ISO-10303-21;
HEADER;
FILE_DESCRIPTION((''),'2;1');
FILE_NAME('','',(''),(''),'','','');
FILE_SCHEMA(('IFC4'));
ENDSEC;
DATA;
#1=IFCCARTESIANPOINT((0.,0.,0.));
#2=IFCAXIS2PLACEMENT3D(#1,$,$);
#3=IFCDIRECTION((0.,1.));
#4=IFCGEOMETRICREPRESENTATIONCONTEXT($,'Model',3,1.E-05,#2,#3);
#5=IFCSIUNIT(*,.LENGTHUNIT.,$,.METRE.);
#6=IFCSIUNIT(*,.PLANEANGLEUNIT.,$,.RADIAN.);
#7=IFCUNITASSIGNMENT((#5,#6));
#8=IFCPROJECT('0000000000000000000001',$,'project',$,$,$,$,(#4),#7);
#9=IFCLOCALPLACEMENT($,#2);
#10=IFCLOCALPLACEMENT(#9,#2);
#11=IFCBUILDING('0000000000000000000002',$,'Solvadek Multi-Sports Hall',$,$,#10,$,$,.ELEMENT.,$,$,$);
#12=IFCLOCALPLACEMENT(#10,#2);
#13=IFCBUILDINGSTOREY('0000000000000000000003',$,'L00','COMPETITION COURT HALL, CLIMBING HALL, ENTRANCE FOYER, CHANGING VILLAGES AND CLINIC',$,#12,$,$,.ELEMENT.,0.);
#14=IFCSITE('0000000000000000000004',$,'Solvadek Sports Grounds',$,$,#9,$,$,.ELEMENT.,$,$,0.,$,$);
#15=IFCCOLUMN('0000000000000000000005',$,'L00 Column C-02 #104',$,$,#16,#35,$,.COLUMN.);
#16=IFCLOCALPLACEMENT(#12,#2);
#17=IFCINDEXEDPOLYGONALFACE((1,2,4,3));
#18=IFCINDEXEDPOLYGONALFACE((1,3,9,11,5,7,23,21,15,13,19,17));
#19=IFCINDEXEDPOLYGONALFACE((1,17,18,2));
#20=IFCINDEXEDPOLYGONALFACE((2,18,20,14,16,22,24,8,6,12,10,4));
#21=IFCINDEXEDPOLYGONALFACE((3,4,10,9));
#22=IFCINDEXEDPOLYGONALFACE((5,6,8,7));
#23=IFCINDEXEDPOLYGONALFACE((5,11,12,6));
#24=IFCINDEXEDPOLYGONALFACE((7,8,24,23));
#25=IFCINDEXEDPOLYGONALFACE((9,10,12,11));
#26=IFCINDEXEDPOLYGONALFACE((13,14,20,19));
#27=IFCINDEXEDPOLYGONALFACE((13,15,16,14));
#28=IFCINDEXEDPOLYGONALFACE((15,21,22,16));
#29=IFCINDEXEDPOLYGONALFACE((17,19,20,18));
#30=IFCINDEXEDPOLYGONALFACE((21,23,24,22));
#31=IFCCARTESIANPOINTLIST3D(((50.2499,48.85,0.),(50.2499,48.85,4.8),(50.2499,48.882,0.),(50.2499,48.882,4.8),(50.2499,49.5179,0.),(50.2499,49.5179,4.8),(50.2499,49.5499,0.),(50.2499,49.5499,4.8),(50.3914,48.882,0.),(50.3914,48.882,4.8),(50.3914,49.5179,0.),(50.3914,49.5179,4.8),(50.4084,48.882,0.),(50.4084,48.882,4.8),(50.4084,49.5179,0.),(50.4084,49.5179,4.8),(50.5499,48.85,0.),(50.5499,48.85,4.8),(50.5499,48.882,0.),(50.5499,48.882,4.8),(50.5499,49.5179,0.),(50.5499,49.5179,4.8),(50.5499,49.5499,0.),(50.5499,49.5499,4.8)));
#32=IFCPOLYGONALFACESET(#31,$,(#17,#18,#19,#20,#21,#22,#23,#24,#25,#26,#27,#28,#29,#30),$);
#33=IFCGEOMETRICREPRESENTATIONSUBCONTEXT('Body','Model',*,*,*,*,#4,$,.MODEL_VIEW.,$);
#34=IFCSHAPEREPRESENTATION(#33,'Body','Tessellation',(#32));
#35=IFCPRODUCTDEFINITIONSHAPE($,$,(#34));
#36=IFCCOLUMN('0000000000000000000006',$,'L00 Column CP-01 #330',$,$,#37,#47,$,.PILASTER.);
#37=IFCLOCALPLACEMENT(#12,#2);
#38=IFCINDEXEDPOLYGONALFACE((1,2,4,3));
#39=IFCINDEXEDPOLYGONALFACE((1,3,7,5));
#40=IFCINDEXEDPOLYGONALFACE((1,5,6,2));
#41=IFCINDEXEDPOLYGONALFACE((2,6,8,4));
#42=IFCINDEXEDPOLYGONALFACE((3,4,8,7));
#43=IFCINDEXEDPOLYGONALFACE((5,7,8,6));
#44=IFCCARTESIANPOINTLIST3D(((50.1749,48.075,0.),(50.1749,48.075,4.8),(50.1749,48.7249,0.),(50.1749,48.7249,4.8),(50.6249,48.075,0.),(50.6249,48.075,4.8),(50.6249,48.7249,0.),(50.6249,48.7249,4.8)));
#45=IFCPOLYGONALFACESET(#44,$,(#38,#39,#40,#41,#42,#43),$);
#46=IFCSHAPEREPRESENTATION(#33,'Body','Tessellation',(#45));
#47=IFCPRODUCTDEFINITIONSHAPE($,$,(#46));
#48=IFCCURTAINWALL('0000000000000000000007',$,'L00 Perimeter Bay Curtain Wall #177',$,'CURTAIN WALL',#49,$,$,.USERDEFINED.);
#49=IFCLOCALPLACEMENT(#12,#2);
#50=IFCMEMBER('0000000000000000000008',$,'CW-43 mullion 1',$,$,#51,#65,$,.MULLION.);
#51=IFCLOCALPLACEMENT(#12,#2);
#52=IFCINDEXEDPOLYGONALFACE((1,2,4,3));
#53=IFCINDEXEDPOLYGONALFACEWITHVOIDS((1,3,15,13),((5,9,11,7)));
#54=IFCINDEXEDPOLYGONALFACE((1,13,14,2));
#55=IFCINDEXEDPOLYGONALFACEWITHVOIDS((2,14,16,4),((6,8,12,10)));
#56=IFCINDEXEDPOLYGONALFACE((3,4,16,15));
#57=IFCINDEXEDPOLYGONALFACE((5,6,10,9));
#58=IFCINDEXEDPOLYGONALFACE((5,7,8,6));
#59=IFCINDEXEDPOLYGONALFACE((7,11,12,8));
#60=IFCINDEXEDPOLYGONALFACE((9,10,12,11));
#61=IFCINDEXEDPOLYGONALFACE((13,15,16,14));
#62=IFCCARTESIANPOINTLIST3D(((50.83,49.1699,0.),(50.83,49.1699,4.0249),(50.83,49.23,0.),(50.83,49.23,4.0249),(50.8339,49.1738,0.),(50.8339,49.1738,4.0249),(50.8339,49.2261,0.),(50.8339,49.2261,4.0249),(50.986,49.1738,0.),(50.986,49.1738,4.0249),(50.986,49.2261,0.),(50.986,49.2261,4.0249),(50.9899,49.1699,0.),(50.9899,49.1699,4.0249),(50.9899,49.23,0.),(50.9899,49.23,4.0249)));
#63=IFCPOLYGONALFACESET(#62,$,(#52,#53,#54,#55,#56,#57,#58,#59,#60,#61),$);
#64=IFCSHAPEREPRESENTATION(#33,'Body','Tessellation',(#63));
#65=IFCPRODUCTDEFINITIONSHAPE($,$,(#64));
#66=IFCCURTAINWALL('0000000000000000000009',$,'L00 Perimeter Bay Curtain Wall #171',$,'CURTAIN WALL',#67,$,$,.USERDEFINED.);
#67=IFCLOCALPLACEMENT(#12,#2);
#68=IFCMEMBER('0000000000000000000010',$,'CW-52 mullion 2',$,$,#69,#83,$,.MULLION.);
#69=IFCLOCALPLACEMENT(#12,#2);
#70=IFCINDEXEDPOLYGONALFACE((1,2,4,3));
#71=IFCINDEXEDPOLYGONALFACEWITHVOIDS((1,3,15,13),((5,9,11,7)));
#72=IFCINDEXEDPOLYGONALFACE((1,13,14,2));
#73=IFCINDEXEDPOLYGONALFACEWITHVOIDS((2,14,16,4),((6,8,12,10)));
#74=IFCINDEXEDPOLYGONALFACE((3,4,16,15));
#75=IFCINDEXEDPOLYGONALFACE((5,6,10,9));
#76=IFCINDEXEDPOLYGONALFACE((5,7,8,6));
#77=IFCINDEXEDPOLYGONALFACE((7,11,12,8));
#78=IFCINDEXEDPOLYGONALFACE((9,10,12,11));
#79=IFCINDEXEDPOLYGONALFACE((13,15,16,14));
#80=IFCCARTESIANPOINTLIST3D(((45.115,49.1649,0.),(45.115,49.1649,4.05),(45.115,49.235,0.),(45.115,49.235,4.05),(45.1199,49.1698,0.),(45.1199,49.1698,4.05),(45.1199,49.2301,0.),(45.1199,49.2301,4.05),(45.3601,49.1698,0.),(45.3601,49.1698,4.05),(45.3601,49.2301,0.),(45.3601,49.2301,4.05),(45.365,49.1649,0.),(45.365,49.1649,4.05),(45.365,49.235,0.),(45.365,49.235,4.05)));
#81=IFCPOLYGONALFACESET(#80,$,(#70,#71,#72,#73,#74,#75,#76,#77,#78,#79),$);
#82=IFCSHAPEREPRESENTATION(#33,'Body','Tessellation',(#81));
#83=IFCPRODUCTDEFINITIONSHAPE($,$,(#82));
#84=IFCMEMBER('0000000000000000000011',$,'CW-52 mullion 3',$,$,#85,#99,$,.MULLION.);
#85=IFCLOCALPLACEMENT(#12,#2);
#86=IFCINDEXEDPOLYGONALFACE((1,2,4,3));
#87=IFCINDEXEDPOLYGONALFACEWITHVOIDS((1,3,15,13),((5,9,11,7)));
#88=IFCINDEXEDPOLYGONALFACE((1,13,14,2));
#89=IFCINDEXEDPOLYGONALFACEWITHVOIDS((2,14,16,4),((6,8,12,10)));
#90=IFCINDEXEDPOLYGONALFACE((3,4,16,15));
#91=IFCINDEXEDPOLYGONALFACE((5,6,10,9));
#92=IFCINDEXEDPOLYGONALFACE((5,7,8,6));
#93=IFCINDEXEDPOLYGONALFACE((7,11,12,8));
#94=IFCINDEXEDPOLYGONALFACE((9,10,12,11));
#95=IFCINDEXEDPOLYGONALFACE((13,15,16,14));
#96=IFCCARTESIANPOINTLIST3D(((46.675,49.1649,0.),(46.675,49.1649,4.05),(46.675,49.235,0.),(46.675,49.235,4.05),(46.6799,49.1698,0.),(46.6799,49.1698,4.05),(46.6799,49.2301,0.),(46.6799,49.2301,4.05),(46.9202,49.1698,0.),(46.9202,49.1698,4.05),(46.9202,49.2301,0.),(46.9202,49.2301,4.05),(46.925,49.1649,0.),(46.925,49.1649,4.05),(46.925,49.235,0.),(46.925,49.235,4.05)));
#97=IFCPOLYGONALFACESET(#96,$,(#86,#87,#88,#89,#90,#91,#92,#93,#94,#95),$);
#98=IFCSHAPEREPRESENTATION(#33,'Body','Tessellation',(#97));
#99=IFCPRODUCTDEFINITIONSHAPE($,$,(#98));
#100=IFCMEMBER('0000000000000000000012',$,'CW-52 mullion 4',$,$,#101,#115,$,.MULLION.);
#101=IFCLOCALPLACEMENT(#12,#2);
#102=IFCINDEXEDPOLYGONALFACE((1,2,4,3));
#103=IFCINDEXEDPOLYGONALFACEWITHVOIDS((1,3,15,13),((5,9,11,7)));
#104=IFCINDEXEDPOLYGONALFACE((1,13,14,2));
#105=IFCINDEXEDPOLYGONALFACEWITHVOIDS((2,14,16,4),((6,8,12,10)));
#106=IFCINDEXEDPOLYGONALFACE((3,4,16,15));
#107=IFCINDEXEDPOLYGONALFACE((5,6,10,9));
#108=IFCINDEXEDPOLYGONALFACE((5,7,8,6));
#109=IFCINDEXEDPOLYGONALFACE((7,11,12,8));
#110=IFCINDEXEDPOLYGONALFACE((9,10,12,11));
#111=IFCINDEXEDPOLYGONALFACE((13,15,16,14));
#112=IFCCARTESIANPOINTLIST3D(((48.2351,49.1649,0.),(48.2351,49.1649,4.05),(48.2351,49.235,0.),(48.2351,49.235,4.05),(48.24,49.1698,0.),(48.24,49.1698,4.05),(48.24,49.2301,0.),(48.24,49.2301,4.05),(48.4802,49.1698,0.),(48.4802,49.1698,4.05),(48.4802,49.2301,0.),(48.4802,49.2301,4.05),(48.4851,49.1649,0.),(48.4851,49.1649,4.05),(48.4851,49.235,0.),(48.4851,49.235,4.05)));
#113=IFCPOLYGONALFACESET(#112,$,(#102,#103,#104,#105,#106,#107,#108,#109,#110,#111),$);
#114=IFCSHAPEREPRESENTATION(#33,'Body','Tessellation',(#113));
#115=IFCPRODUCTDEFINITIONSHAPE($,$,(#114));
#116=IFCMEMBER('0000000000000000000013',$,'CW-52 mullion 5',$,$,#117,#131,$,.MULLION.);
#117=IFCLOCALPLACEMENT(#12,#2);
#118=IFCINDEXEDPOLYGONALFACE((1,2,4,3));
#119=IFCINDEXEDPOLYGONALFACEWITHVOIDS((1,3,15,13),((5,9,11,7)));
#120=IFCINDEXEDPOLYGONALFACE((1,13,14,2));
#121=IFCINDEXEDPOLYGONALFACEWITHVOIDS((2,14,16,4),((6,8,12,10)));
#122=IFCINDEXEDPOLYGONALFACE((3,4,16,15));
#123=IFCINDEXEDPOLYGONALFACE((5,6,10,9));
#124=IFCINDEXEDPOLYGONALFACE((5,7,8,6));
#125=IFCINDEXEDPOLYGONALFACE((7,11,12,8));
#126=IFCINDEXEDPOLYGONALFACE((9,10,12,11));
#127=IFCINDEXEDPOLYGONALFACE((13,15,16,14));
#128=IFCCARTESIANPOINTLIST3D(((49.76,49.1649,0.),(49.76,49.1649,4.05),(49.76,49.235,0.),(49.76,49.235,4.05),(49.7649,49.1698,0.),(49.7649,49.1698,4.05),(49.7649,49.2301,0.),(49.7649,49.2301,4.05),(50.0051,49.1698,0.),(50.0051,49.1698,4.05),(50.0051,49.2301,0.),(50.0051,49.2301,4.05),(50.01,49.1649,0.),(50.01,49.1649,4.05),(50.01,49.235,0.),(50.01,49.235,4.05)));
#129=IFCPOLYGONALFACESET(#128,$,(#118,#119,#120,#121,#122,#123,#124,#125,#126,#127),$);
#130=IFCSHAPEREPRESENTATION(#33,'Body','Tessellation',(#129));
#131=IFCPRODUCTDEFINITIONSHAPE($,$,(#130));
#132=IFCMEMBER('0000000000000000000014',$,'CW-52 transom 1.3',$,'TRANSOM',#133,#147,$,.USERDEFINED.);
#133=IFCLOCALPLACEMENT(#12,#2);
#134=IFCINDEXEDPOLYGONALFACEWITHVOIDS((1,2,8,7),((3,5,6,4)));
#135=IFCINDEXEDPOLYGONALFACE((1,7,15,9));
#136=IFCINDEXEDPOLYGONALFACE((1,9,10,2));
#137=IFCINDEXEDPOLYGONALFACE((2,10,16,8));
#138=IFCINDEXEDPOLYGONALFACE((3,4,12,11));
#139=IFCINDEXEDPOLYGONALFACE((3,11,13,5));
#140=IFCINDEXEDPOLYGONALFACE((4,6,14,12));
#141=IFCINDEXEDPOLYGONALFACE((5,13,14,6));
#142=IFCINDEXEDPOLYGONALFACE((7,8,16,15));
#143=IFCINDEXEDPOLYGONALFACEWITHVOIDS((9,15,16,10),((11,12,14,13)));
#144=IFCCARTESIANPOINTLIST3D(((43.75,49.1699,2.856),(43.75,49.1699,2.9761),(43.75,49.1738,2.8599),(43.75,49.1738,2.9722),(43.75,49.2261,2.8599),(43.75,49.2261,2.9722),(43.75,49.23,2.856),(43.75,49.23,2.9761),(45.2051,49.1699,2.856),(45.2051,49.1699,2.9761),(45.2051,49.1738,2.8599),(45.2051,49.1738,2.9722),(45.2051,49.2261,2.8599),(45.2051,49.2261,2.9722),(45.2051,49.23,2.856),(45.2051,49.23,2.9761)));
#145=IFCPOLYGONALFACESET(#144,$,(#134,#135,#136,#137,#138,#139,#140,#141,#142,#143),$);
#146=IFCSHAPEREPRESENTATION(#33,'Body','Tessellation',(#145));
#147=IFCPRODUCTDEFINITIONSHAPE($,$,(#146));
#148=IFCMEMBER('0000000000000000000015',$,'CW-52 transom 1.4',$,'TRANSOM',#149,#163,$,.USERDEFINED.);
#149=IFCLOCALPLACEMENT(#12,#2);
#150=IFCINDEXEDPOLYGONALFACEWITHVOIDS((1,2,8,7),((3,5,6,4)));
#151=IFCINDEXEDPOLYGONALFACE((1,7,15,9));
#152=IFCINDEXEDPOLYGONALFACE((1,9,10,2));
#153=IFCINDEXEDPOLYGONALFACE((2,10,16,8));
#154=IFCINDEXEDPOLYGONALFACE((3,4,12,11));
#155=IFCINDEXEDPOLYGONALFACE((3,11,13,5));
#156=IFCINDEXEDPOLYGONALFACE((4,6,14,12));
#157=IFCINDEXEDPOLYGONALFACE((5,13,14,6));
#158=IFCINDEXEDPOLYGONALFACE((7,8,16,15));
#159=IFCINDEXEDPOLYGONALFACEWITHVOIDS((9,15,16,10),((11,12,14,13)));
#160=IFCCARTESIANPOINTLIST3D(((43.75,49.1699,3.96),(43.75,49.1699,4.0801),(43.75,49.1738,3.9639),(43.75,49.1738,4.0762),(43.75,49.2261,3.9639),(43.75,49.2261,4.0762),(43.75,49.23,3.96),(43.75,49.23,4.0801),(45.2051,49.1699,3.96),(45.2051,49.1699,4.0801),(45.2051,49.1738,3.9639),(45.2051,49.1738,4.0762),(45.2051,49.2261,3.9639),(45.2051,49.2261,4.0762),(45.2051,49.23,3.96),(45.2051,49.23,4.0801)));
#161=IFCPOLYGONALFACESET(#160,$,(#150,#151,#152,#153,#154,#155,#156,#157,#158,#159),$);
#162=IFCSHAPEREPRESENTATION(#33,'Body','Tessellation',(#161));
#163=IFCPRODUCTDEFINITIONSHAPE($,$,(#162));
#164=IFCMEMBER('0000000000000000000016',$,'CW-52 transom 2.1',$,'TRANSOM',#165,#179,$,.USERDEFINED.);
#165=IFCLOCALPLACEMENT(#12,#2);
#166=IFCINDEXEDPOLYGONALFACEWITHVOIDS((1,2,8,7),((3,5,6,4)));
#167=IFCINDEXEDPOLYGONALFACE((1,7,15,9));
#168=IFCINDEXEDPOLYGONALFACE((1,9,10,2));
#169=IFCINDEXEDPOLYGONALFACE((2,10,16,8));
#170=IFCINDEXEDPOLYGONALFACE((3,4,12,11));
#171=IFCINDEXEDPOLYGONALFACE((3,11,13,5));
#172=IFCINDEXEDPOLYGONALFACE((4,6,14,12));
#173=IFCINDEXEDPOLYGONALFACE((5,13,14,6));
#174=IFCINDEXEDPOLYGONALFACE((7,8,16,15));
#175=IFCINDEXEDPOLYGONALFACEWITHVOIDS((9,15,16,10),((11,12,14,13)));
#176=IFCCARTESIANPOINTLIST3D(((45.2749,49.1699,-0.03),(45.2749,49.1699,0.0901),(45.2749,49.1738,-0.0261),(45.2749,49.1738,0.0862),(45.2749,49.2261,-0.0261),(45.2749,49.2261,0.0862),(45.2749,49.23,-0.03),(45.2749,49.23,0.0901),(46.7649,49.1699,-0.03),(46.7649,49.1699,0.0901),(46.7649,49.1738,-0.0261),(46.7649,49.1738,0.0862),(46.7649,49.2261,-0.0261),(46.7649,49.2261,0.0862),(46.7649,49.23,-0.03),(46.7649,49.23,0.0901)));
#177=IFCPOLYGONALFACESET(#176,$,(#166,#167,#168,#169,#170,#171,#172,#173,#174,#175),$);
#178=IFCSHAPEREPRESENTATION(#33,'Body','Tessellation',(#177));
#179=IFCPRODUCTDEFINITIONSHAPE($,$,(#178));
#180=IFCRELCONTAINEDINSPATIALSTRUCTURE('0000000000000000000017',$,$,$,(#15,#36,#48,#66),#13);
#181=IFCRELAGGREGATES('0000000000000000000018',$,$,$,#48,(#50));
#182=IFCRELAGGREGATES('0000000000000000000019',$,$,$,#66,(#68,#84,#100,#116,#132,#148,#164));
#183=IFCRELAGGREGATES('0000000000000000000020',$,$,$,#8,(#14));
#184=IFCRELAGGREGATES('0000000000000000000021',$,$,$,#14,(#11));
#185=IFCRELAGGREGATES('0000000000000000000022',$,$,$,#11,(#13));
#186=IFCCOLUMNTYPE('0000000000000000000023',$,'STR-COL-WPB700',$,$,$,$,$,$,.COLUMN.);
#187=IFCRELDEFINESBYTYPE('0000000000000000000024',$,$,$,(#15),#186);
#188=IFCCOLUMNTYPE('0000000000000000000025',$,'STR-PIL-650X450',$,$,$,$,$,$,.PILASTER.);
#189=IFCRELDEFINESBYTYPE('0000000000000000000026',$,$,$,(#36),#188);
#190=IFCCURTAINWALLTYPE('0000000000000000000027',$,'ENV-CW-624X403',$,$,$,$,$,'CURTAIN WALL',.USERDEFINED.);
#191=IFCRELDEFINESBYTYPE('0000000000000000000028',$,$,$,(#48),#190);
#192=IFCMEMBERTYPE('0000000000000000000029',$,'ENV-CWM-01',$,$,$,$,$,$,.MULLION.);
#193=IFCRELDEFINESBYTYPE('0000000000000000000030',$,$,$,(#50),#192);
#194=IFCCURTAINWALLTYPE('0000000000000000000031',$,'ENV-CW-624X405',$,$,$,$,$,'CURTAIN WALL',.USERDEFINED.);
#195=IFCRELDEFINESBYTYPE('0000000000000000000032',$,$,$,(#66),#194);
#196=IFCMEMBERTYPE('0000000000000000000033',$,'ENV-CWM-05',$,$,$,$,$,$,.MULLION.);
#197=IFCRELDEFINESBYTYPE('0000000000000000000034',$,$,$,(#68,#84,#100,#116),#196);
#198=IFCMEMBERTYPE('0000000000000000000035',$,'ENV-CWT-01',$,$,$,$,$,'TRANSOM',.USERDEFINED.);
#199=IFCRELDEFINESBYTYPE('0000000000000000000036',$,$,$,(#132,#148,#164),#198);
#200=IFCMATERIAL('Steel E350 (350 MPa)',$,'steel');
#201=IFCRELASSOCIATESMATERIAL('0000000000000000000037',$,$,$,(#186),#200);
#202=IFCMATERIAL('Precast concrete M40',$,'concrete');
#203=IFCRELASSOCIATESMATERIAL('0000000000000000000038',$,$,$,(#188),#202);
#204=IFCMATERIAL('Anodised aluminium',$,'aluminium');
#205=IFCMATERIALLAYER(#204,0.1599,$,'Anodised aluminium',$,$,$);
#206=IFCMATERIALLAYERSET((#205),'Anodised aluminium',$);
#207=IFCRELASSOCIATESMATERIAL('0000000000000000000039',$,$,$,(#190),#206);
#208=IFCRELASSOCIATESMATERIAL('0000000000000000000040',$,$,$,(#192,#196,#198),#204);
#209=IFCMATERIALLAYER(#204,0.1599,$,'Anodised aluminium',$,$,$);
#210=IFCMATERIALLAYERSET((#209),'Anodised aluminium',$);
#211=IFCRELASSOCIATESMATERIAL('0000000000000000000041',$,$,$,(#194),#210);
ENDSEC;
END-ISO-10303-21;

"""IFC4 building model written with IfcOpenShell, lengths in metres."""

from ifc_helpers import new_model, si_unit, direction, frame, origin, origin_2d, place, context, subcontext, project, spatial, rectangle, hollow_rectangle, i_section, extrude, material, layer, layer_set, material_profile, profile_set, type_object, element, aggregate, save


model = new_model("IFC4")

# Units and contexts
model_context = context("Model", 3, precision=1e-05, world=origin(), true_north=direction((0.0, 1.0)))
body_context = subcontext(model_context, "Body", "Model", "MODEL_VIEW")
ifc_project = project(units=[si_unit("LENGTHUNIT", "METRE"), si_unit("PLANEANGLEUNIT", "RADIAN")], contexts=[model_context])

# Site, building, storey
site_placement = place(None, origin())
site = spatial("IfcSite", under=ifc_project, at=site_placement, Name="Solvadek Sports Grounds", CompositionType="ELEMENT", RefElevation=0.0)
building_placement = place(site_placement, origin())
building = spatial("IfcBuilding", under=site, at=building_placement, Name="Solvadek Multi-Sports Hall", CompositionType="ELEMENT")
storey_placement = place(building_placement, origin())
storey = spatial("IfcBuildingStorey", under=building, at=storey_placement, Name="L00", Description="COMPETITION COURT HALL, CLIMBING HALL, ENTRANCE FOYER, CHANGING VILLAGES AND CLINIC", CompositionType="ELEMENT", Elevation=0.0)

# Columns
ifc_material_1 = material(Name="Steel E350 (350 MPa)", Category="steel")
ifc_material_profile_1 = material_profile(ifc_material_1, i_section(OverallWidth=0.3, OverallDepth=0.7, WebThickness=0.0171, FlangeThickness=0.032, at=origin_2d()), Name="WPB 700")
ifc_profile_set_1 = profile_set([ifc_material_profile_1], Name="Steel E350 (350 MPa)")
column_type_1 = type_object("IfcColumnType", Name="STR-COL-WPB700", PredefinedType="COLUMN", material=ifc_profile_set_1)
column_1_placement = place(storey_placement, frame((50.3999, 49.2, 0.0), z_axis=(0.0, 0.0, 1.0), x_axis=(1.0, 0.0, 0.0)))
element("IfcColumn", 1, at=column_1_placement, inside=storey, type_object=column_type_1, Name="L00 Column C-02 #104", PredefinedType="COLUMN", context=body_context, shape_type="SweptSolid", body=[
    extrude(i_section(OverallWidth=0.3, OverallDepth=0.7, WebThickness=0.0171, FlangeThickness=0.032, at=origin_2d()), origin(), (0.0, 0.0, 1.0), 4.8),
])
ifc_material_2 = material(Name="Precast concrete M40", Category="concrete")
ifc_material_profile_2 = material_profile(ifc_material_2, rectangle(XDim=0.45, YDim=0.6499, at=origin_2d()), Name="RC PILASTER 650x450")
ifc_profile_set_2 = profile_set([ifc_material_profile_2], Name="Precast concrete M40")
column_type_2 = type_object("IfcColumnType", Name="STR-PIL-650X450", PredefinedType="PILASTER", material=ifc_profile_set_2)
column_2_placement = place(storey_placement, frame((50.3999, 48.3999, 0.0), z_axis=(0.0, 0.0, 1.0), x_axis=(1.0, 0.0, 0.0)))
element("IfcColumn", 2, at=column_2_placement, inside=storey, type_object=column_type_2, Name="L00 Column CP-01 #330", PredefinedType="PILASTER", context=body_context, shape_type="SweptSolid", body=[
    extrude(rectangle(XDim=0.45, YDim=0.6499, at=origin_2d()), origin(), (0.0, 0.0, 1.0), 4.8),
])

# Curtain wall, member
ifc_material_3 = material(Name="Anodised aluminium", Category="aluminium")
ifc_layer_1 = layer(ifc_material_3, 0.1599, Name="Anodised aluminium")
ifc_layer_set_1 = layer_set([ifc_layer_1], Name="Anodised aluminium")
curtain_wall_type_1 = type_object("IfcCurtainWallType", Name="ENV-CW-624X403", ElementType="CURTAIN WALL", PredefinedType="USERDEFINED", material=ifc_layer_set_1)
curtain_wall_1_placement = place(storey_placement, origin())
curtain_wall_1 = element("IfcCurtainWall", 3, at=curtain_wall_1_placement, inside=storey, type_object=curtain_wall_type_1, Name="L00 Perimeter Bay Curtain Wall #177", ObjectType="CURTAIN WALL", PredefinedType="USERDEFINED")
ifc_material_profile_3 = material_profile(ifc_material_3, hollow_rectangle(XDim=0.0601, YDim=0.1599, WallThickness=0.0039, at=origin_2d()), Name="ALU-M 160x60x4")
ifc_profile_set_3 = profile_set([ifc_material_profile_3], Name="Anodised aluminium")
member_type_1 = type_object("IfcMemberType", Name="ENV-CWM-01", PredefinedType="MULLION", material=ifc_profile_set_3)
member_1_placement = place(storey_placement, frame((50.9099, 49.2, 0.0), z_axis=(0.0, 0.0, 1.0), x_axis=(0.0, 1.0, 0.0)))
member_1 = element("IfcMember", 4, at=member_1_placement, type_object=member_type_1, Name="CW-43 mullion 1", PredefinedType="MULLION", context=body_context, shape_type="SweptSolid", body=[
    extrude(hollow_rectangle(XDim=0.0601, YDim=0.1599, WallThickness=0.0039, at=origin_2d()), origin(), (0.0, 0.0, 1.0), 4.0249),
])

# Curtain wall, members
ifc_layer_2 = layer(ifc_material_3, 0.1599, Name="Anodised aluminium")
ifc_layer_set_2 = layer_set([ifc_layer_2], Name="Anodised aluminium")
curtain_wall_type_2 = type_object("IfcCurtainWallType", Name="ENV-CW-624X405", ElementType="CURTAIN WALL", PredefinedType="USERDEFINED", material=ifc_layer_set_2)
curtain_wall_2_placement = place(storey_placement, origin())
curtain_wall_2 = element("IfcCurtainWall", 5, at=curtain_wall_2_placement, inside=storey, type_object=curtain_wall_type_2, Name="L00 Perimeter Bay Curtain Wall #171", ObjectType="CURTAIN WALL", PredefinedType="USERDEFINED")
ifc_material_profile_4 = material_profile(ifc_material_3, hollow_rectangle(XDim=0.0701, YDim=0.25, WallThickness=0.0049, at=origin_2d()), Name="ALU-M 250x70x5")
ifc_profile_set_4 = profile_set([ifc_material_profile_4], Name="Anodised aluminium")
member_type_2 = type_object("IfcMemberType", Name="ENV-CWM-05", PredefinedType="MULLION", material=ifc_profile_set_4)
member_2_placement = place(storey_placement, frame((45.24, 49.2, 0.0), z_axis=(0.0, 0.0, 1.0), x_axis=(0.0, 1.0, 0.0)))
member_2 = element("IfcMember", 6, at=member_2_placement, type_object=member_type_2, Name="CW-52 mullion 2", PredefinedType="MULLION", context=body_context, shape_type="SweptSolid", body=[
    extrude(hollow_rectangle(XDim=0.0701, YDim=0.25, WallThickness=0.0049, at=origin_2d()), origin(), (0.0, 0.0, 1.0), 4.05),
])
member_3_placement = place(storey_placement, frame((46.8, 49.2, 0.0), z_axis=(0.0, 0.0, 1.0), x_axis=(0.0, 1.0, 0.0)))
member_3 = element("IfcMember", 7, at=member_3_placement, type_object=member_type_2, Name="CW-52 mullion 3", PredefinedType="MULLION", context=body_context, shape_type="SweptSolid", body=[
    extrude(hollow_rectangle(XDim=0.0701, YDim=0.25, WallThickness=0.0049, at=origin_2d()), origin(), (0.0, 0.0, 1.0), 4.05),
])
member_4_placement = place(storey_placement, frame((48.3601, 49.2, 0.0), z_axis=(0.0, 0.0, 1.0), x_axis=(0.0, 1.0, 0.0)))
member_4 = element("IfcMember", 8, at=member_4_placement, type_object=member_type_2, Name="CW-52 mullion 4", PredefinedType="MULLION", context=body_context, shape_type="SweptSolid", body=[
    extrude(hollow_rectangle(XDim=0.0701, YDim=0.25, WallThickness=0.0049, at=origin_2d()), origin(), (0.0, 0.0, 1.0), 4.05),
])
member_5_placement = place(storey_placement, frame((49.885, 49.2, 0.0), z_axis=(0.0, 0.0, 1.0), x_axis=(0.0, 1.0, 0.0)))
member_5 = element("IfcMember", 9, at=member_5_placement, type_object=member_type_2, Name="CW-52 mullion 5", PredefinedType="MULLION", context=body_context, shape_type="SweptSolid", body=[
    extrude(hollow_rectangle(XDim=0.0701, YDim=0.25, WallThickness=0.0049, at=origin_2d()), origin(), (0.0, 0.0, 1.0), 4.05),
])
ifc_material_profile_5 = material_profile(ifc_material_3, hollow_rectangle(XDim=0.0601, YDim=0.1201, WallThickness=0.0039, at=origin_2d()), Name="ALU-T 120x60x4")
ifc_profile_set_5 = profile_set([ifc_material_profile_5], Name="Anodised aluminium")
member_type_3 = type_object("IfcMemberType", Name="ENV-CWT-01", ElementType="TRANSOM", PredefinedType="USERDEFINED", material=ifc_profile_set_5)
member_6_placement = place(storey_placement, frame((43.75, 49.2, 2.916), z_axis=(1.0, 0.0, 0.0), x_axis=(0.0, 1.0, 0.0)))
member_6 = element("IfcMember", 10, at=member_6_placement, type_object=member_type_3, Name="CW-52 transom 1.3", ObjectType="TRANSOM", PredefinedType="USERDEFINED", context=body_context, shape_type="SweptSolid", body=[
    extrude(hollow_rectangle(XDim=0.0601, YDim=0.1201, WallThickness=0.0039, at=origin_2d()), origin(), (0.0, 0.0, 1.0), 1.4551),
])
member_7_placement = place(storey_placement, frame((43.75, 49.2, 4.02), z_axis=(1.0, 0.0, 0.0), x_axis=(0.0, 1.0, 0.0)))
member_7 = element("IfcMember", 11, at=member_7_placement, type_object=member_type_3, Name="CW-52 transom 1.4", ObjectType="TRANSOM", PredefinedType="USERDEFINED", context=body_context, shape_type="SweptSolid", body=[
    extrude(hollow_rectangle(XDim=0.0601, YDim=0.1201, WallThickness=0.0039, at=origin_2d()), origin(), (0.0, 0.0, 1.0), 1.4551),
])
member_8_placement = place(storey_placement, frame((45.2749, 49.2, 0.03), z_axis=(1.0, 0.0, 0.0), x_axis=(0.0, 1.0, 0.0)))
member_8 = element("IfcMember", 12, at=member_8_placement, type_object=member_type_3, Name="CW-52 transom 2.1", ObjectType="TRANSOM", PredefinedType="USERDEFINED", context=body_context, shape_type="SweptSolid", body=[
    extrude(hollow_rectangle(XDim=0.0601, YDim=0.1201, WallThickness=0.0039, at=origin_2d()), origin(), (0.0, 0.0, 1.0), 1.49),
])

aggregate(curtain_wall_1, [member_1])

aggregate(curtain_wall_2, [member_2, member_3, member_4, member_5, member_6, member_7, member_8])

save(model, "model.ifc")
